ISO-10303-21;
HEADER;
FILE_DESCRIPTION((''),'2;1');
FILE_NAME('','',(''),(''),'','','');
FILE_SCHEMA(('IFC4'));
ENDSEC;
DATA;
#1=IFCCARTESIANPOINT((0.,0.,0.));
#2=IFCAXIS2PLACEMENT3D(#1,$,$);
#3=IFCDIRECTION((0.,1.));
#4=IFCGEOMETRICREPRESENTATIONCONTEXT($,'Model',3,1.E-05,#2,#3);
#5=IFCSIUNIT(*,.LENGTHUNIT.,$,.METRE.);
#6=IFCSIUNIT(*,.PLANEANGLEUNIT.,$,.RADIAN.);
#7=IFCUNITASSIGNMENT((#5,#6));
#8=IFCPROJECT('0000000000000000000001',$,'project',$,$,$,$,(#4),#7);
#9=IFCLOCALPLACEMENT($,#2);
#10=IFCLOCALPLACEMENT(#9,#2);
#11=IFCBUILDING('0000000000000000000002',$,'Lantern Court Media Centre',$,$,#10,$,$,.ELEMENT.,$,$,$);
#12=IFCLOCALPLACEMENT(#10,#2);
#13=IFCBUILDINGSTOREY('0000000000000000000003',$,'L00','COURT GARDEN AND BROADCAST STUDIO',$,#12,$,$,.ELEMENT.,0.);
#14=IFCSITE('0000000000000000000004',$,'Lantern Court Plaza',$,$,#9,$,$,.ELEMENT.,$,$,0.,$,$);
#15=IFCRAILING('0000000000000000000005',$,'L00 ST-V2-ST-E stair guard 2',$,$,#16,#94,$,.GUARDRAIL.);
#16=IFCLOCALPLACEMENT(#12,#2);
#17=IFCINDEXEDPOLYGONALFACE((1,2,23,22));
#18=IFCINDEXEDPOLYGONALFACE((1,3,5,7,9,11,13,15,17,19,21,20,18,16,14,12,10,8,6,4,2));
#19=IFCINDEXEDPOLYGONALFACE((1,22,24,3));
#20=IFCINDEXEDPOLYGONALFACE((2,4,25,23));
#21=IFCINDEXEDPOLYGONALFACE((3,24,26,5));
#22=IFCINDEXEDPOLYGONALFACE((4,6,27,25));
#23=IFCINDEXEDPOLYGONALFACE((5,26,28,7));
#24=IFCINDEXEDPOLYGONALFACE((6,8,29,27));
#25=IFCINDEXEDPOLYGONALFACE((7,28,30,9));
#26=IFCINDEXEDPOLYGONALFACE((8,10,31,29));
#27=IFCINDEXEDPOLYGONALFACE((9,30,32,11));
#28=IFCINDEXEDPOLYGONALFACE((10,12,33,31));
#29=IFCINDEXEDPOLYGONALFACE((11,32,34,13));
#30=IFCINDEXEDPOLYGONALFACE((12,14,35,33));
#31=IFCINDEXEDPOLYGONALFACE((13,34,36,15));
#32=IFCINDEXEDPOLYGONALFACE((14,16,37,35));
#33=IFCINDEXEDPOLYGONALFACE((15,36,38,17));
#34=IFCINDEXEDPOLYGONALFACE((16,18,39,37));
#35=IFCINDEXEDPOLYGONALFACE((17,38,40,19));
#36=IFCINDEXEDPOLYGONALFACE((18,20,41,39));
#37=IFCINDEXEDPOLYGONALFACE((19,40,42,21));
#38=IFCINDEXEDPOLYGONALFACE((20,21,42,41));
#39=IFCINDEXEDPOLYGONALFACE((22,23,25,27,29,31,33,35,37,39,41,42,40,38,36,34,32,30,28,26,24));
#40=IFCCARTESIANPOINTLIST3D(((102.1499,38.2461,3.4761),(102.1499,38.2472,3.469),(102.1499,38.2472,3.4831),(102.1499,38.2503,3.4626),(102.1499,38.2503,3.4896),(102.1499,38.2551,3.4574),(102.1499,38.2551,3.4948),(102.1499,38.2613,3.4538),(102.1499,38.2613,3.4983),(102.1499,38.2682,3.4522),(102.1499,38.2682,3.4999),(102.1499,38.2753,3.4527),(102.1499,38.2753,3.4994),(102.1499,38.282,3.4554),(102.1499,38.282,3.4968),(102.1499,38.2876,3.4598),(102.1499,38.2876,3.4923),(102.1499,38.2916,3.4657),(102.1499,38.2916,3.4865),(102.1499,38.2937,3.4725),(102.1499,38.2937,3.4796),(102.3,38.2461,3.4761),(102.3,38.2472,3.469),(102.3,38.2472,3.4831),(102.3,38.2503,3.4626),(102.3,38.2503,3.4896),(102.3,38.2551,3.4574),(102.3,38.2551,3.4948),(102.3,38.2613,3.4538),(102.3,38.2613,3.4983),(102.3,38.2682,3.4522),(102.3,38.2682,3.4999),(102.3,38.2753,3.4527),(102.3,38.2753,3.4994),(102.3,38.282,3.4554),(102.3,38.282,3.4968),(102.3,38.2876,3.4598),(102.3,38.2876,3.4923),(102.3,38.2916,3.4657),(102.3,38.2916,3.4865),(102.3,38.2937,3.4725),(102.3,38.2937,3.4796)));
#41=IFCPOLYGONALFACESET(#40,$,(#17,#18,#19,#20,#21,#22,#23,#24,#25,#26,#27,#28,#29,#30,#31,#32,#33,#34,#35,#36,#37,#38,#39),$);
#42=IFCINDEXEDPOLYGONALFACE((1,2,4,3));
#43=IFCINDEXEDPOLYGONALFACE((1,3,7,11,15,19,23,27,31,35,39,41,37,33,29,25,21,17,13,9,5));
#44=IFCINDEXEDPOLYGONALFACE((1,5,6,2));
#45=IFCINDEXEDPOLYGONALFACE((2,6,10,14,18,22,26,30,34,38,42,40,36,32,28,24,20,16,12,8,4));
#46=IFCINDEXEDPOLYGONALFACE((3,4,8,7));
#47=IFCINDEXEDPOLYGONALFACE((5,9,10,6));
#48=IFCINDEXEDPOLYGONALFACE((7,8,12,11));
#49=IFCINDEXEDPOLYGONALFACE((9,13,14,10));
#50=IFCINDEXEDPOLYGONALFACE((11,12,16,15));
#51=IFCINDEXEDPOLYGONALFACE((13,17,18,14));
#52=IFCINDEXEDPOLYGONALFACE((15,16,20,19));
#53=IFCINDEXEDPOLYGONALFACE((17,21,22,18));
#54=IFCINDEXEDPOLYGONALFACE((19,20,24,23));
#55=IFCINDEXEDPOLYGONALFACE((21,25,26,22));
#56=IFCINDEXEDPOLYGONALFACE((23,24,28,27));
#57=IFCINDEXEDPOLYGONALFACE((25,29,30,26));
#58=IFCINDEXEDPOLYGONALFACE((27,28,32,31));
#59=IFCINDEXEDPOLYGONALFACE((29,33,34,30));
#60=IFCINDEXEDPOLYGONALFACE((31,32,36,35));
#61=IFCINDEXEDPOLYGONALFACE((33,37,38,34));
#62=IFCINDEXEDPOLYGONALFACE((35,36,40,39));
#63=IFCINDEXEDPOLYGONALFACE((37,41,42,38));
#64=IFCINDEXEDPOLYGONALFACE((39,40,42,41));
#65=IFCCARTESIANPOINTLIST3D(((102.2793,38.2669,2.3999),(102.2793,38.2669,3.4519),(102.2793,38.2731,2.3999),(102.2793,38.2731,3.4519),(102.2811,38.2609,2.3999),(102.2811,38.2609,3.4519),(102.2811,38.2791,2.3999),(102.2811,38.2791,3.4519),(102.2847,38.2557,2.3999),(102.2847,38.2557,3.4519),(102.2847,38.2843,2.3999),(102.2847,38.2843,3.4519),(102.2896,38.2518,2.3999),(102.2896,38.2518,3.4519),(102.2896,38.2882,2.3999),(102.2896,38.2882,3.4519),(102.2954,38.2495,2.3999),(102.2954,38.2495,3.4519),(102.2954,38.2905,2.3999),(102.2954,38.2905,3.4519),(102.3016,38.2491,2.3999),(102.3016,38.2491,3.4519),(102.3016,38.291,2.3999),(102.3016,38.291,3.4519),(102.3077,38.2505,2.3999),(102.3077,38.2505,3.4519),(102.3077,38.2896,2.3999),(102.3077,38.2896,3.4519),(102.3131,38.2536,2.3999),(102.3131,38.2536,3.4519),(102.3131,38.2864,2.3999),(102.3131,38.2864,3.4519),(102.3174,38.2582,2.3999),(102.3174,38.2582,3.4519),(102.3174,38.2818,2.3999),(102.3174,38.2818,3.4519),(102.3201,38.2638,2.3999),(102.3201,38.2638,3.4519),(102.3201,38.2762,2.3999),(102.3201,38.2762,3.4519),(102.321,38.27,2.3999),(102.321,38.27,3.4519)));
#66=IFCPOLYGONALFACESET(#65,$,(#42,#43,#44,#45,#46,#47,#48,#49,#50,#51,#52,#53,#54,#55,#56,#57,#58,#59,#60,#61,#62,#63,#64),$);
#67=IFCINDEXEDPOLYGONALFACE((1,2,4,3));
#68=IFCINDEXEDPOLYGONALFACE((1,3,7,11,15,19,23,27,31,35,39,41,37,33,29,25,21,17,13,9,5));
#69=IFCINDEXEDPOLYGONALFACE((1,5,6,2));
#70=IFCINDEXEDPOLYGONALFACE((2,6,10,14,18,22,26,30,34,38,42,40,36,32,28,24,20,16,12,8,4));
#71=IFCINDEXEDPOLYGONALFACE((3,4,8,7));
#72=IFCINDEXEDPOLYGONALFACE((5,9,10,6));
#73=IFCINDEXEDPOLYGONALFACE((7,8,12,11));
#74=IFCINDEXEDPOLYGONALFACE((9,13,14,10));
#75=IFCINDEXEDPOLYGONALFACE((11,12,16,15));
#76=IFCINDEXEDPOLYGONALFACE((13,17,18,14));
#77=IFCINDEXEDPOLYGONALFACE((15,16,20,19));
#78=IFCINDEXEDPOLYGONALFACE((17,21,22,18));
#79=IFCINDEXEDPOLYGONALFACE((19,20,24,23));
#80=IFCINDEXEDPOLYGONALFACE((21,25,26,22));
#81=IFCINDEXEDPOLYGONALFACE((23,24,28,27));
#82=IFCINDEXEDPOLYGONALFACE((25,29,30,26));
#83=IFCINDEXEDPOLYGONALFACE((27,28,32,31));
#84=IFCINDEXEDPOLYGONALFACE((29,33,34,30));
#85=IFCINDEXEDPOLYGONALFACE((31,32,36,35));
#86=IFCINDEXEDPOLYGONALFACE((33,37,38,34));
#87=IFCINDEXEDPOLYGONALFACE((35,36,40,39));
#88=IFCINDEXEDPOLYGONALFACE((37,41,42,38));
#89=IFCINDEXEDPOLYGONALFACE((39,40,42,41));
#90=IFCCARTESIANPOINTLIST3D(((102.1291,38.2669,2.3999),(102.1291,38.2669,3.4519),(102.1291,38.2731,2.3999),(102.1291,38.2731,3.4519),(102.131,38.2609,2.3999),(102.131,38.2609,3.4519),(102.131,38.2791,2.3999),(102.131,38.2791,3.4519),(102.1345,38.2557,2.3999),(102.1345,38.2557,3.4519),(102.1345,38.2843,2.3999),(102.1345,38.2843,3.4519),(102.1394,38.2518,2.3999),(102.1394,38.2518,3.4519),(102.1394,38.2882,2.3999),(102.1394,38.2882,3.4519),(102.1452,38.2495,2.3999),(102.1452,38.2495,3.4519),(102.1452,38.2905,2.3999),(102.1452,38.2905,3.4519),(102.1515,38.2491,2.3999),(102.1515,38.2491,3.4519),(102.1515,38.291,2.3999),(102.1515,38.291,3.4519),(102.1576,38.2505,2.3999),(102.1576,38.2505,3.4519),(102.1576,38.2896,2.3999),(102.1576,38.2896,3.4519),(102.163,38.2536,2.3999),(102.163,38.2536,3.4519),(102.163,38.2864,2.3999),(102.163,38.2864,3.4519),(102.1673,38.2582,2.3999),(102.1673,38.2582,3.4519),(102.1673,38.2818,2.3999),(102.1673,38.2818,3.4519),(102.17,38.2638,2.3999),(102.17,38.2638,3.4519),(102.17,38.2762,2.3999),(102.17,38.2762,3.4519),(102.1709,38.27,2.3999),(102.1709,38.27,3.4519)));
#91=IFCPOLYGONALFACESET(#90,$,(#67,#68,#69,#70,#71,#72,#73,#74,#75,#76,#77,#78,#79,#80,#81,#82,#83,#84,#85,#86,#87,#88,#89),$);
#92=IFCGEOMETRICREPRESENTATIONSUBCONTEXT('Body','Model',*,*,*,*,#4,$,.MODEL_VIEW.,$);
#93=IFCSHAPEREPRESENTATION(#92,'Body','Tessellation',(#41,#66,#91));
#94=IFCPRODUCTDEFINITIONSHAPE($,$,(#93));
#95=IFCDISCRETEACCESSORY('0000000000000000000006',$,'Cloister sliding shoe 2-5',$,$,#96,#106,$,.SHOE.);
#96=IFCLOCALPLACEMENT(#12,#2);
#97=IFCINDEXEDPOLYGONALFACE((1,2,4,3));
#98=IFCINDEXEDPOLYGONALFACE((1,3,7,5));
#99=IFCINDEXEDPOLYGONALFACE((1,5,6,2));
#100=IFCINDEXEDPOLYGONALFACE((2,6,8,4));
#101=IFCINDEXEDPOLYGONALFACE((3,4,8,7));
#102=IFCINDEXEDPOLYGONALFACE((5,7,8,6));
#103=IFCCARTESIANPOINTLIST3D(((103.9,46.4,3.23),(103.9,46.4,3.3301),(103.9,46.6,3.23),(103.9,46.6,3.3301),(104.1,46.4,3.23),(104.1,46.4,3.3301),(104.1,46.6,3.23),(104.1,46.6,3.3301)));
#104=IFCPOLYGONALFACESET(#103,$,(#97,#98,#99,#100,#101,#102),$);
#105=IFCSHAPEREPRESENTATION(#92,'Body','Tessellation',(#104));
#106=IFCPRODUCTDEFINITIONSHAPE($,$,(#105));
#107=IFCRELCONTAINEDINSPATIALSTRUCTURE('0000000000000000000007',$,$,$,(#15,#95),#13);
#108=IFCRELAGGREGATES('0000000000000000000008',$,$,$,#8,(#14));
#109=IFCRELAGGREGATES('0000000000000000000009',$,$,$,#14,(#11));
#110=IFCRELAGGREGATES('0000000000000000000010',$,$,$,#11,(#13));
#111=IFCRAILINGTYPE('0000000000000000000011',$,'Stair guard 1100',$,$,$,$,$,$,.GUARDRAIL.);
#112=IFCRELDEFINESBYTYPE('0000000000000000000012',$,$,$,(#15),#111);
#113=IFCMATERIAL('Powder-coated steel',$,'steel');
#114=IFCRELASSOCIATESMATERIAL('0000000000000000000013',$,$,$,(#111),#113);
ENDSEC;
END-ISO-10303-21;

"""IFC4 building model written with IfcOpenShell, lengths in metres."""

from ifc_helpers import new_model, si_unit, direction, frame, origin, origin_2d, place, context, subcontext, project, spatial, rectangle, circle, extrude, material, type_object, element, save


model = new_model("IFC4")

# Units and contexts
model_context = context("Model", 3, precision=1e-05, world=origin(), true_north=direction((0.0, 1.0)))
body_context = subcontext(model_context, "Body", "Model", "MODEL_VIEW")
ifc_project = project(units=[si_unit("LENGTHUNIT", "METRE"), si_unit("PLANEANGLEUNIT", "RADIAN")], contexts=[model_context])

# Site, building, storey
site_placement = place(None, origin())
site = spatial("IfcSite", under=ifc_project, at=site_placement, Name="Lantern Court Plaza", CompositionType="ELEMENT", RefElevation=0.0)
building_placement = place(site_placement, origin())
building = spatial("IfcBuilding", under=site, at=building_placement, Name="Lantern Court Media Centre", CompositionType="ELEMENT")
storey_placement = place(building_placement, origin())
storey = spatial("IfcBuildingStorey", under=building, at=storey_placement, Name="L00", Description="COURT GARDEN AND BROADCAST STUDIO", CompositionType="ELEMENT", Elevation=0.0)

# Railing
ifc_material_1 = material(Name="Powder-coated steel", Category="steel")
railing_type_1 = type_object("IfcRailingType", Name="Stair guard 1100", PredefinedType="GUARDRAIL", material=ifc_material_1)
railing_1_placement = place(storey_placement, frame((102.3, 38.27, 2.3999)))
element("IfcRailing", 1, at=railing_1_placement, inside=storey, type_object=railing_type_1, Name="L00 ST-V2-ST-E stair guard 2", PredefinedType="GUARDRAIL", context=body_context, shape_type="SweptSolid", body=[
    extrude(circle(Radius=0.0239, at=origin_2d()), frame((0.0, 0.0, 1.0762), z_axis=(-1.0, 0.0, 0.0), x_axis=(0.0, -1.0, 0.0)), (0.0, 0.0, 1.0), 0.1501),
    extrude(circle(Radius=0.021, at=origin_2d()), origin(), (0.0, 0.0, 1.0), 1.052),
    extrude(circle(Radius=0.021, at=origin_2d()), frame((-0.1501, 0.0, 0.0)), (0.0, 0.0, 1.0), 1.052),
])

# Discrete accessory
discrete_accessory_placement = place(storey_placement, frame((104.0, 46.5, 3.23), z_axis=(0.0, 0.0, 1.0), x_axis=(1.0, 0.0, 0.0)))
element("IfcDiscreteAccessory", 2, at=discrete_accessory_placement, inside=storey, Name="Cloister sliding shoe 2-5", PredefinedType="SHOE", context=body_context, shape_type="SweptSolid", body=[
    extrude(rectangle(XDim=0.2, YDim=0.2, at=origin_2d()), origin(), (0.0, 0.0, 1.0), 0.1001),
])

save(model, "model.ifc")
